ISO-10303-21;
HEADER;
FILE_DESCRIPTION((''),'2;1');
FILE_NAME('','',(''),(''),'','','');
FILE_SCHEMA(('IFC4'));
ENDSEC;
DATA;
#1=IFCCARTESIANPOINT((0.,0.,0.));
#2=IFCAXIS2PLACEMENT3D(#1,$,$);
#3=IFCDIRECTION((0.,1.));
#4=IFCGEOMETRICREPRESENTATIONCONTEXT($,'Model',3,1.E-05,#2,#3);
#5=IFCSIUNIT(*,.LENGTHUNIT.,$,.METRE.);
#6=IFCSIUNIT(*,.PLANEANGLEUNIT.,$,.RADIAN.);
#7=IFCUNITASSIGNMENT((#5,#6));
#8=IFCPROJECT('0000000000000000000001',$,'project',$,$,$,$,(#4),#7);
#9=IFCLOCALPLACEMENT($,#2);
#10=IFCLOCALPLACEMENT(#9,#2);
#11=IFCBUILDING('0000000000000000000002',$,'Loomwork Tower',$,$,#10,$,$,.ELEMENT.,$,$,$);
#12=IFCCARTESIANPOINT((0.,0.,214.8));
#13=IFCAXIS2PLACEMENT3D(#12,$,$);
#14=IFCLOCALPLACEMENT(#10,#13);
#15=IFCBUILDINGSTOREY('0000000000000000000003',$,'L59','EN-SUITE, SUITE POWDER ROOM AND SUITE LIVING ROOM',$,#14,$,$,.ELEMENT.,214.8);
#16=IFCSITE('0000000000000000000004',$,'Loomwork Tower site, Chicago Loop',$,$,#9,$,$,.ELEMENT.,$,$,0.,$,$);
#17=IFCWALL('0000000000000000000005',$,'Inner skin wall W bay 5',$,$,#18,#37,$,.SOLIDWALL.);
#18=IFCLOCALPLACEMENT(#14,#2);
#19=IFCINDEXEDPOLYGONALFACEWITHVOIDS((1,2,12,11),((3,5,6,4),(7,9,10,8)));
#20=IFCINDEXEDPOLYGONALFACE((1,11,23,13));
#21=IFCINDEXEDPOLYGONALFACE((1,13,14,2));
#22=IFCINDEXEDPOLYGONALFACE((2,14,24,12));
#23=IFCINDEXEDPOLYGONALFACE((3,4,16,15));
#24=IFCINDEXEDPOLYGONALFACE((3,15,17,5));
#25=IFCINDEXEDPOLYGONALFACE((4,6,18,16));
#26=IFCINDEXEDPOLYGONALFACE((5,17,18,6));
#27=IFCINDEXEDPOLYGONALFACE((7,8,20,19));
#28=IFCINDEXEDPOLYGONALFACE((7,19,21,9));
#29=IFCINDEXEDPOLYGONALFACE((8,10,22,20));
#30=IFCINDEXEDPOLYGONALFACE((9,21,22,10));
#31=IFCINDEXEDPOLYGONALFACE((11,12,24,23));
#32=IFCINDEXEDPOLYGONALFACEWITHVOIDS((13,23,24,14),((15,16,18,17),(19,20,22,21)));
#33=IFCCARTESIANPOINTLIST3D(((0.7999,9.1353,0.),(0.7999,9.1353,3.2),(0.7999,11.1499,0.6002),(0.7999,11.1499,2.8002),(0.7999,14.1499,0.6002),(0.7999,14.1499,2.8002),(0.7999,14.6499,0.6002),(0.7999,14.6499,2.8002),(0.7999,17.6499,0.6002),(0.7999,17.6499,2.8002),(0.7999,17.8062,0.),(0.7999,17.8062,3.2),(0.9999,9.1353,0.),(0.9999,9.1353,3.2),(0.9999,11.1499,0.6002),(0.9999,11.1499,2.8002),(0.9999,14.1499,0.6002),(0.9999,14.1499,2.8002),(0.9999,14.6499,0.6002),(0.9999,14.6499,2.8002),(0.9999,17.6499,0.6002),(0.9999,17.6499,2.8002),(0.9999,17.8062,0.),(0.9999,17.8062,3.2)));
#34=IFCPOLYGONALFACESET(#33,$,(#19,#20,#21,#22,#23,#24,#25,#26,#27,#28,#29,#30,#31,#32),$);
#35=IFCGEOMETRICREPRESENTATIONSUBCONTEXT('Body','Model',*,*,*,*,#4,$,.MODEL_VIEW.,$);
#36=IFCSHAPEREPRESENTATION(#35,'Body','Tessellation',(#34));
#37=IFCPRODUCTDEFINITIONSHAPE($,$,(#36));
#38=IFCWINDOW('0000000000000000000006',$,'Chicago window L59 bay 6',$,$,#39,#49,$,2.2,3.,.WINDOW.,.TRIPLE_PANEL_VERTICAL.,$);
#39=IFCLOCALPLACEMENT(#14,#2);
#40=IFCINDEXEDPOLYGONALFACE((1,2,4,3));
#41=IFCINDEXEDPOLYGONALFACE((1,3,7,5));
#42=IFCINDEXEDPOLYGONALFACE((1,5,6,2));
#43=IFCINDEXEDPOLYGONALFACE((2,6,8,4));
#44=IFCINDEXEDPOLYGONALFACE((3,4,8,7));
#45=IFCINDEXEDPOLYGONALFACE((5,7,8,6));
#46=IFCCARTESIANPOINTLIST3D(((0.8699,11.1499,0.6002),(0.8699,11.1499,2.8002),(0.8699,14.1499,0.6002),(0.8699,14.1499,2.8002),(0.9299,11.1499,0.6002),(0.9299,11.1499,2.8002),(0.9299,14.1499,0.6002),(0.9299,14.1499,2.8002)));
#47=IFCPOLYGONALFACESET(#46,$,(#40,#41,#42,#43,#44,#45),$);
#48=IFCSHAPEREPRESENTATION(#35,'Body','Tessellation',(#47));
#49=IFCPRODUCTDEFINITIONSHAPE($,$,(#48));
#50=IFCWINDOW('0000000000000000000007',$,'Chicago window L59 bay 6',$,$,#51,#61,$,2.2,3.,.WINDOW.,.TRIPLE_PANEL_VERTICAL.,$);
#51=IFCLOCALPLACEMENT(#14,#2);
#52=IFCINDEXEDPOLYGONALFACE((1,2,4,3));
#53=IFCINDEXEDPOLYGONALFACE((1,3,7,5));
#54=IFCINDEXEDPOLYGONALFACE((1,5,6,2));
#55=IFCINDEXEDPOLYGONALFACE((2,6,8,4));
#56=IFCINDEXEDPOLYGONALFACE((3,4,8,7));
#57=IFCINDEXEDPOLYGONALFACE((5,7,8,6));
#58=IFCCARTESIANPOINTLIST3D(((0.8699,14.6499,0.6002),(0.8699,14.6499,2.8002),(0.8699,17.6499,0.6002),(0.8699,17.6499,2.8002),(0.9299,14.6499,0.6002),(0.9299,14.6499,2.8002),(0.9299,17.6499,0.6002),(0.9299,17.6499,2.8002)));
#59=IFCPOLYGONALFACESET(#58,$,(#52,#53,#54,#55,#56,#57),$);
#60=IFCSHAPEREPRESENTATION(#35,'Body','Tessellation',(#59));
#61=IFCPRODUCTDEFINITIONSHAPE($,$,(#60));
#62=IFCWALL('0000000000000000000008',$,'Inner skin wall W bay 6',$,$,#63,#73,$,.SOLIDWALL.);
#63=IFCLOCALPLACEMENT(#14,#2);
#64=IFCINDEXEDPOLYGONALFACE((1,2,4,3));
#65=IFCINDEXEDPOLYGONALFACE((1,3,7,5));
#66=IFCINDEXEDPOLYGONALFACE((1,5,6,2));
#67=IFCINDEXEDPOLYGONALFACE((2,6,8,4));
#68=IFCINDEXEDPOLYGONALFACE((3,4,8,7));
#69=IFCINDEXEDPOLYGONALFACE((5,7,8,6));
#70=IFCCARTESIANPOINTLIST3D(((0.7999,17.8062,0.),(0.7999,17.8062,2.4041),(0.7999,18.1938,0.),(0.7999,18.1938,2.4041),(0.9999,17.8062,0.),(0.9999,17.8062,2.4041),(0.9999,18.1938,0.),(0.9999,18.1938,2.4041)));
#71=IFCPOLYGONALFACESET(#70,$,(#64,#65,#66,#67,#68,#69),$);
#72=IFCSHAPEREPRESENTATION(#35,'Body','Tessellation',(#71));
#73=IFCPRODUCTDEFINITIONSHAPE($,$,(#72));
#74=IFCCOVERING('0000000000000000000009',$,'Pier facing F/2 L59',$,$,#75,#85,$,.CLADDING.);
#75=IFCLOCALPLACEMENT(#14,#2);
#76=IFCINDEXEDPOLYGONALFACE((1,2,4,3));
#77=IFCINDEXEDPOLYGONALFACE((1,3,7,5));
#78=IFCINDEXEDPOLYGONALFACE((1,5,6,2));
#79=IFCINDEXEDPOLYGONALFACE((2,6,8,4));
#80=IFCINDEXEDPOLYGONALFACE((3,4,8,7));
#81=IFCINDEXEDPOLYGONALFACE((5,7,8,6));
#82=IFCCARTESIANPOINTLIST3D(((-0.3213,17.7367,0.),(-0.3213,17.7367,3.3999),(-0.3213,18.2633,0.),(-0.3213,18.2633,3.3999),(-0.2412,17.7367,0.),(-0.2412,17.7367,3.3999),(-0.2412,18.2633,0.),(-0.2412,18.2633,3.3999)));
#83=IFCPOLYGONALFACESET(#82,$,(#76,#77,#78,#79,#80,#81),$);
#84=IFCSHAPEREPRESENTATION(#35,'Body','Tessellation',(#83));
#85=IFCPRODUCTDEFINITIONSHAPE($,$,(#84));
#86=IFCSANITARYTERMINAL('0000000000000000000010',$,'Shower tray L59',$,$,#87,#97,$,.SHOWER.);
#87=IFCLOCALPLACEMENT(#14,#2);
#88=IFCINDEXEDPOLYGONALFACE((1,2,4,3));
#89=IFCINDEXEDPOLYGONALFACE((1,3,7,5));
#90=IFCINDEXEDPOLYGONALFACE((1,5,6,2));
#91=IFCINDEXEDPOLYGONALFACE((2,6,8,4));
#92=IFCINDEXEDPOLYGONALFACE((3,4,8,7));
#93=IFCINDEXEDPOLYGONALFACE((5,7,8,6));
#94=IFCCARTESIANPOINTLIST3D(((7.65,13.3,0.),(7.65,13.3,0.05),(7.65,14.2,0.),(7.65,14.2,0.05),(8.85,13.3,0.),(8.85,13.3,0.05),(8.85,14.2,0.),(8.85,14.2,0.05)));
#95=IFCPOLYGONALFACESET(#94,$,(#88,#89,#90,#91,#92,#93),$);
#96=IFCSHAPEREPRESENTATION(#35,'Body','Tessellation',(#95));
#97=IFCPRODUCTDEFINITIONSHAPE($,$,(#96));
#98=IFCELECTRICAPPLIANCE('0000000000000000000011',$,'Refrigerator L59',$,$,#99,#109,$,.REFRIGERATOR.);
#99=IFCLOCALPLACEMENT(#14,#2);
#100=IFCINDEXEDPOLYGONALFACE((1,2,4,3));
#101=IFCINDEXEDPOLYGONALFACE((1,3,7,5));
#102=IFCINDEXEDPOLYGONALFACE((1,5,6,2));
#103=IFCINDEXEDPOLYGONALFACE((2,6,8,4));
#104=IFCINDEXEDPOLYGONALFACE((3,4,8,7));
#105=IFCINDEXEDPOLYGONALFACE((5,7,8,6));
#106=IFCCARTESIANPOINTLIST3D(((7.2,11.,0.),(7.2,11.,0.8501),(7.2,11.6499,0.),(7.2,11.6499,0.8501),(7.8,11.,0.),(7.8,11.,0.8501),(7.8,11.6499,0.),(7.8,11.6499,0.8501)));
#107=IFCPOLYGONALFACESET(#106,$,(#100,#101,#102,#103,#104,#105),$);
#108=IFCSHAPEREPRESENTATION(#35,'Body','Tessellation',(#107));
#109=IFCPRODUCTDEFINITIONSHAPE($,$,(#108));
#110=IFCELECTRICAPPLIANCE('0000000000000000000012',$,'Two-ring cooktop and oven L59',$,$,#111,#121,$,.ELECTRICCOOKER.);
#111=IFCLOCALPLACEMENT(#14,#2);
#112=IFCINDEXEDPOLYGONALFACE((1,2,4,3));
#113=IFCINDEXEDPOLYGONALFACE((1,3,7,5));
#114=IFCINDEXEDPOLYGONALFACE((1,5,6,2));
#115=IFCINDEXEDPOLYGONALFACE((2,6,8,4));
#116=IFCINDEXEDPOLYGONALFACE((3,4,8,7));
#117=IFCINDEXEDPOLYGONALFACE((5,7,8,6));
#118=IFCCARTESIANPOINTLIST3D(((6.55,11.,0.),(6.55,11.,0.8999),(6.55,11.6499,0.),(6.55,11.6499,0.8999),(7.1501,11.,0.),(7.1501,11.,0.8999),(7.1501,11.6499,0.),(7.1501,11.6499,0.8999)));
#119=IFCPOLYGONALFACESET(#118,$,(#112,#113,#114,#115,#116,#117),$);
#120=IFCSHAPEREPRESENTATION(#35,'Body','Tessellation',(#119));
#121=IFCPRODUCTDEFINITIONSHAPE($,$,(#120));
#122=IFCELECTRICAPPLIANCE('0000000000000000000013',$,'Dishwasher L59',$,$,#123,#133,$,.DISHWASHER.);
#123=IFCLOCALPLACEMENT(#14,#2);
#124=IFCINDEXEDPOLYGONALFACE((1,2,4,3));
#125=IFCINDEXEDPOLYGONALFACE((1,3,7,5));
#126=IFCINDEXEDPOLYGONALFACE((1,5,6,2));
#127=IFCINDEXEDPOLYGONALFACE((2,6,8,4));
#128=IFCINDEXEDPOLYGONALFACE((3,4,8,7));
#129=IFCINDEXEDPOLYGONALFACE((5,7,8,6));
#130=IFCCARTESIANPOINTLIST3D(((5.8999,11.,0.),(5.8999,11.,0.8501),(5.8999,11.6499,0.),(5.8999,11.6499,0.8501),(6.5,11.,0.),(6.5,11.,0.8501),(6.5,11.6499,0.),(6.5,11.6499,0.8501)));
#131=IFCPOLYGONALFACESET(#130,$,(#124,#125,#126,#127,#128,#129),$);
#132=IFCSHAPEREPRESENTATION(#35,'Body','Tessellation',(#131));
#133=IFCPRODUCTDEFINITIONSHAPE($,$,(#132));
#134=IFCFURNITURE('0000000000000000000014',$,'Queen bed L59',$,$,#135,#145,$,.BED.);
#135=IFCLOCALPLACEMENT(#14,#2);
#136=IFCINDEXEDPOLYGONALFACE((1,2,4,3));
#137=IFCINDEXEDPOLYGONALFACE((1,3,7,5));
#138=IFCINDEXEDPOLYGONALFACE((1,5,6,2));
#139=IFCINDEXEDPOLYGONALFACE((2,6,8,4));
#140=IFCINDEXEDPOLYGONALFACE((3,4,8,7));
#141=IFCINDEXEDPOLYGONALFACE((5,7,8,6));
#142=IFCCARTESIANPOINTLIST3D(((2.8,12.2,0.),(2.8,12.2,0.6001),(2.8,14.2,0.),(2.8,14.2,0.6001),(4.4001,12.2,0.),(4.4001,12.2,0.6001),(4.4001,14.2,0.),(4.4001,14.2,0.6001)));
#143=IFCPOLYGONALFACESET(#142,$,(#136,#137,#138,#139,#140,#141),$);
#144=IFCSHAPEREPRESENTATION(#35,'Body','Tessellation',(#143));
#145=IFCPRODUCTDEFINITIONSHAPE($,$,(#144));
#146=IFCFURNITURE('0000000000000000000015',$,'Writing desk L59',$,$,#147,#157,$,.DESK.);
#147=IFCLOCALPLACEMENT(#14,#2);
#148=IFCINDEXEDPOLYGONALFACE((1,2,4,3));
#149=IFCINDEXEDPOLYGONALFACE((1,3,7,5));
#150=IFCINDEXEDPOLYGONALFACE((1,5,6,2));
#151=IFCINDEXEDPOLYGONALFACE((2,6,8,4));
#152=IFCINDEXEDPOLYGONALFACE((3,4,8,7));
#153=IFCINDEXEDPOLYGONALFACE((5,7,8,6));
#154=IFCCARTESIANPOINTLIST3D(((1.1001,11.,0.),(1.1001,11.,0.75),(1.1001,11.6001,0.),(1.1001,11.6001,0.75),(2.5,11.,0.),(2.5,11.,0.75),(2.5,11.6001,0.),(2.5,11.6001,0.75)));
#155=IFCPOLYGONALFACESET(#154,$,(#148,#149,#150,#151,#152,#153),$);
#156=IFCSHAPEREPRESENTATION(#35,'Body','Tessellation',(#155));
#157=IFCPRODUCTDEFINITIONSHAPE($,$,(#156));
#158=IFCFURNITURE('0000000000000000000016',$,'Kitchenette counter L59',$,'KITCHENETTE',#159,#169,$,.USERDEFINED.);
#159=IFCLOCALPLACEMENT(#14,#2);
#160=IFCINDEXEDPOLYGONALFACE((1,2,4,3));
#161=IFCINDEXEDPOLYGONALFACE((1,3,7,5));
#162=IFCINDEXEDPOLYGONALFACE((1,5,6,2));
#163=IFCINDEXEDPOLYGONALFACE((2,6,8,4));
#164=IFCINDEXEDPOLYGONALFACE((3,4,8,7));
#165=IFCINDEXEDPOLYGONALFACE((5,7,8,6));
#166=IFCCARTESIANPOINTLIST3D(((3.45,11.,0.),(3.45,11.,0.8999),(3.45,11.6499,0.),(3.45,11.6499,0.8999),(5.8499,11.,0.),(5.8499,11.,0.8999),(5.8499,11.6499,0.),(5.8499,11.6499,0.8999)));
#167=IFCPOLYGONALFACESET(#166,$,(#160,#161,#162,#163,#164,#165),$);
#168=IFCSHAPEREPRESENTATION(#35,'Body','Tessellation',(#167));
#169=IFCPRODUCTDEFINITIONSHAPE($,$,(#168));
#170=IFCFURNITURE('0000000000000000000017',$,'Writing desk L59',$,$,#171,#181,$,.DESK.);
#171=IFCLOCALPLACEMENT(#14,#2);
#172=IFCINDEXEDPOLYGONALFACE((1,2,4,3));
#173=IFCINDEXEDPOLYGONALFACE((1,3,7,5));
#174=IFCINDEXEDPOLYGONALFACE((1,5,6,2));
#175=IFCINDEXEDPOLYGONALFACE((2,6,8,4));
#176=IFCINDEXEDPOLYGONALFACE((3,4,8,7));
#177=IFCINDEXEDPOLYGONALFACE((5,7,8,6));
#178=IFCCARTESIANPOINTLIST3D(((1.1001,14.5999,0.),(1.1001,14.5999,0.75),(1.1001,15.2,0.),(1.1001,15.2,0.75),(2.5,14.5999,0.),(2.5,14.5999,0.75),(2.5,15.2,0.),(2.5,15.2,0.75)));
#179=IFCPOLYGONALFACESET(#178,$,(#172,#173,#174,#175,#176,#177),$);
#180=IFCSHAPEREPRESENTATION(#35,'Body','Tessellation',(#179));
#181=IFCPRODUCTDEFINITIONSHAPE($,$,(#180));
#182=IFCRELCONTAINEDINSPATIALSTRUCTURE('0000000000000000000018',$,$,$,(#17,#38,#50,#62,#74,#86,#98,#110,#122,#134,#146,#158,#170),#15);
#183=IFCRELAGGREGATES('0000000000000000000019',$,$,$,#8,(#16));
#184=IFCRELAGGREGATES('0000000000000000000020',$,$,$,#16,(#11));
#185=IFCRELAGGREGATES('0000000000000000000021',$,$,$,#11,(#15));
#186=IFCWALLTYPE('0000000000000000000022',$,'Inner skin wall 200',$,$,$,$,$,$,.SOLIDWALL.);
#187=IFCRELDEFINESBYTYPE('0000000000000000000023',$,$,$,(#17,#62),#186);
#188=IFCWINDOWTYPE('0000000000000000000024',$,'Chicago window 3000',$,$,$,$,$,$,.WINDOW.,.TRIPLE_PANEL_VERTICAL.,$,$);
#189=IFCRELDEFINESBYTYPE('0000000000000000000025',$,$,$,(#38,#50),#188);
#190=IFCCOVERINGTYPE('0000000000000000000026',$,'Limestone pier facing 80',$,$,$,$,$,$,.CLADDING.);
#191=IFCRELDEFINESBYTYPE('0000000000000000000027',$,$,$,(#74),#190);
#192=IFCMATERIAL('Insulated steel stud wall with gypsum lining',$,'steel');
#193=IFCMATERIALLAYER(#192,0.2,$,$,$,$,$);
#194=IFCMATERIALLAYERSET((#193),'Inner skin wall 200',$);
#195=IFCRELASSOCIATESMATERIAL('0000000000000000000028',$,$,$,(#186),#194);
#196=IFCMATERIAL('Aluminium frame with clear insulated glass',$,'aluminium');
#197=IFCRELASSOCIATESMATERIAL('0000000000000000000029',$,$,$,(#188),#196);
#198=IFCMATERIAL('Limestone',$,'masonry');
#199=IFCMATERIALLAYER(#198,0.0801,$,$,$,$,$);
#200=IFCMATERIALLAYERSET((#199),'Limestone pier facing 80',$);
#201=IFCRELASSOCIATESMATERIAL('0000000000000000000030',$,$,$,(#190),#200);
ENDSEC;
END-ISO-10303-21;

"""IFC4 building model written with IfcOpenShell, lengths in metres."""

from ifc_helpers import new_model, si_unit, direction, frame, frame_2d, origin, origin_2d, place, context, subcontext, project, spatial, rectangle, extrude, material, layer, layer_set, type_object, element, fill, save


model = new_model("IFC4")

# Units and contexts
model_context = context("Model", 3, precision=1e-05, world=origin(), true_north=direction((0.0, 1.0)))
body_context = subcontext(model_context, "Body", "Model", "MODEL_VIEW")
ifc_project = project(units=[si_unit("LENGTHUNIT", "METRE"), si_unit("PLANEANGLEUNIT", "RADIAN")], contexts=[model_context])

# Site, building, storey
site_placement = place(None, origin())
site = spatial("IfcSite", under=ifc_project, at=site_placement, Name="Loomwork Tower site, Chicago Loop", CompositionType="ELEMENT", RefElevation=0.0)
building_placement = place(site_placement, origin())
building = spatial("IfcBuilding", under=site, at=building_placement, Name="Loomwork Tower", CompositionType="ELEMENT")
storey_placement = place(building_placement, frame((0.0, 0.0, 214.8)))
storey = spatial("IfcBuildingStorey", under=building, at=storey_placement, Name="L59", Description="EN-SUITE, SUITE POWDER ROOM AND SUITE LIVING ROOM", CompositionType="ELEMENT", Elevation=214.8)

# Wall, openings, windows
ifc_material_1 = material(Name="Insulated steel stud wall with gypsum lining", Category="steel")
ifc_layer_1 = layer(ifc_material_1, 0.2)
ifc_layer_set_1 = layer_set([ifc_layer_1], Name="Inner skin wall 200")
wall_type_1 = type_object("IfcWallType", Name="Inner skin wall 200", PredefinedType="SOLIDWALL", material=ifc_layer_set_1)
wall_1_placement = place(storey_placement, frame((0.8999, 9.1353, 0.0), z_axis=(0.0, 0.0, 1.0), x_axis=(0.0, 1.0, 0.0)))
wall_1 = element("IfcWall", 1, at=wall_1_placement, inside=storey, type_object=wall_type_1, Name="Inner skin wall W bay 5", PredefinedType="SOLIDWALL", context=body_context, shape_type="SweptSolid", body=[
    extrude(rectangle(XDim=8.6709, YDim=0.2, at=frame_2d((4.3354, 0.0))), origin(), (0.0, 0.0, 1.0), 3.2),
])
opening_1_placement = place(wall_1_placement, frame((2.0146, 0.0, 0.6001)))
opening_1 = element("IfcOpeningElement", 2, at=opening_1_placement, cuts=wall_1, PredefinedType="OPENING", context=body_context, shape_type="SweptSolid", body=[
    extrude(rectangle(XDim=3.0, YDim=2.2, at=frame_2d((1.5, 1.1001))), frame((0.0, 0.1099, 0.0), z_axis=(0.0, -1.0, 0.0), x_axis=(1.0, 0.0, 0.0)), (0.0, 0.0, 1.0), 0.22),
])
opening_2_placement = place(wall_1_placement, frame((5.5146, 0.0, 0.6001)))
opening_2 = element("IfcOpeningElement", 3, at=opening_2_placement, cuts=wall_1, PredefinedType="OPENING", context=body_context, shape_type="SweptSolid", body=[
    extrude(rectangle(XDim=3.0, YDim=2.2, at=frame_2d((1.5, 1.1001))), frame((0.0, 0.1099, 0.0), z_axis=(0.0, -1.0, 0.0), x_axis=(1.0, 0.0, 0.0)), (0.0, 0.0, 1.0), 0.22),
])
ifc_material_2 = material(Name="Aluminium frame with clear insulated glass", Category="aluminium")
window_type = type_object("IfcWindowType", Name="Chicago window 3000", PartitioningType="TRIPLE_PANEL_VERTICAL", PredefinedType="WINDOW", material=ifc_material_2)
window_1_placement = place(opening_1_placement, origin())
window_1 = element("IfcWindow", 4, at=window_1_placement, inside=storey, type_object=window_type, Name="Chicago window L59 bay 6", OverallHeight=2.2, OverallWidth=3.0, PartitioningType="TRIPLE_PANEL_VERTICAL", PredefinedType="WINDOW", context=body_context, shape_type="SweptSolid", body=[
    extrude(rectangle(XDim=3.0, YDim=2.2, at=frame_2d((1.5, 1.1001))), frame((0.0, 0.03, 0.0), z_axis=(0.0, -1.0, 0.0), x_axis=(1.0, 0.0, 0.0)), (0.0, 0.0, 1.0), 0.0601),
])
fill(opening_1, window_1)
window_2_placement = place(opening_2_placement, origin())
window_2 = element("IfcWindow", 5, at=window_2_placement, inside=storey, type_object=window_type, Name="Chicago window L59 bay 6", OverallHeight=2.2, OverallWidth=3.0, PartitioningType="TRIPLE_PANEL_VERTICAL", PredefinedType="WINDOW", context=body_context, shape_type="SweptSolid", body=[
    extrude(rectangle(XDim=3.0, YDim=2.2, at=frame_2d((1.5, 1.1001))), frame((0.0, 0.03, 0.0), z_axis=(0.0, -1.0, 0.0), x_axis=(1.0, 0.0, 0.0)), (0.0, 0.0, 1.0), 0.0601),
])
fill(opening_2, window_2)

# Wall
wall_2_placement = place(storey_placement, frame((0.8999, 17.8062, 0.0), z_axis=(0.0, 0.0, 1.0), x_axis=(0.0, 1.0, 0.0)))
element("IfcWall", 6, at=wall_2_placement, inside=storey, type_object=wall_type_1, Name="Inner skin wall W bay 6", PredefinedType="SOLIDWALL", context=body_context, shape_type="SweptSolid", body=[
    extrude(rectangle(XDim=0.3877, YDim=0.2, at=frame_2d((0.1938, 0.0))), origin(), (0.0, 0.0, 1.0), 2.4041),
])

# Covering
ifc_material_3 = material(Name="Limestone", Category="masonry")
ifc_layer_2 = layer(ifc_material_3, 0.0801)
ifc_layer_set_2 = layer_set([ifc_layer_2], Name="Limestone pier facing 80")
covering_type = type_object("IfcCoveringType", Name="Limestone pier facing 80", PredefinedType="CLADDING", material=ifc_layer_set_2)
covering_placement = place(storey_placement, frame((-0.2812, 18.0, 0.0), z_axis=(0.0, 0.0, 1.0), x_axis=(1.0, 0.0, 0.0)))
element("IfcCovering", 7, at=covering_placement, inside=storey, type_object=covering_type, Name="Pier facing F/2 L59", PredefinedType="CLADDING", context=body_context, shape_type="SweptSolid", body=[
    extrude(rectangle(XDim=0.0801, YDim=0.5266, at=origin_2d()), origin(), (0.0, 0.0, 1.0), 3.3999),
])

# Sanitary terminal
sanitary_terminal_placement = place(storey_placement, frame((8.25, 13.75, 0.0), z_axis=(0.0, 0.0, 1.0), x_axis=(1.0, 0.0, 0.0)))
element("IfcSanitaryTerminal", 8, at=sanitary_terminal_placement, inside=storey, Name="Shower tray L59", PredefinedType="SHOWER", context=body_context, shape_type="SweptSolid", body=[
    extrude(rectangle(XDim=1.2, YDim=0.8999, at=origin_2d()), origin(), (0.0, 0.0, 1.0), 0.05),
])

# Electric appliances
electric_appliance_1_placement = place(storey_placement, frame((7.5, 11.325, 0.0), z_axis=(0.0, 0.0, 1.0), x_axis=(1.0, 0.0, 0.0)))
element("IfcElectricAppliance", 9, at=electric_appliance_1_placement, inside=storey, Name="Refrigerator L59", PredefinedType="REFRIGERATOR", context=body_context, shape_type="SweptSolid", body=[
    extrude(rectangle(XDim=0.6001, YDim=0.6499, at=origin_2d()), origin(), (0.0, 0.0, 1.0), 0.8501),
])
electric_appliance_2_placement = place(storey_placement, frame((6.8501, 11.325, 0.0), z_axis=(0.0, 0.0, 1.0), x_axis=(1.0, 0.0, 0.0)))
element("IfcElectricAppliance", 10, at=electric_appliance_2_placement, inside=storey, Name="Two-ring cooktop and oven L59", PredefinedType="ELECTRICCOOKER", context=body_context, shape_type="SweptSolid", body=[
    extrude(rectangle(XDim=0.6001, YDim=0.6499, at=origin_2d()), origin(), (0.0, 0.0, 1.0), 0.8999),
])
electric_appliance_3_placement = place(storey_placement, frame((6.2, 11.325, 0.0), z_axis=(0.0, 0.0, 1.0), x_axis=(1.0, 0.0, 0.0)))
element("IfcElectricAppliance", 11, at=electric_appliance_3_placement, inside=storey, Name="Dishwasher L59", PredefinedType="DISHWASHER", context=body_context, shape_type="SweptSolid", body=[
    extrude(rectangle(XDim=0.6001, YDim=0.6499, at=origin_2d()), origin(), (0.0, 0.0, 1.0), 0.8501),
])

# Furniture
furniture_1_placement = place(storey_placement, frame((3.6001, 13.2, 0.0), z_axis=(0.0, 0.0, 1.0), x_axis=(1.0, 0.0, 0.0)))
element("IfcFurniture", 12, at=furniture_1_placement, inside=storey, Name="Queen bed L59", PredefinedType="BED", context=body_context, shape_type="SweptSolid", body=[
    extrude(rectangle(XDim=1.6001, YDim=2.0, at=origin_2d()), origin(), (0.0, 0.0, 1.0), 0.6001),
])
furniture_2_placement = place(storey_placement, frame((1.8, 11.3, 0.0), z_axis=(0.0, 0.0, 1.0), x_axis=(1.0, 0.0, 0.0)))
element("IfcFurniture", 13, at=furniture_2_placement, inside=storey, Name="Writing desk L59", PredefinedType="DESK", context=body_context, shape_type="SweptSolid", body=[
    extrude(rectangle(XDim=1.3999, YDim=0.6001, at=origin_2d()), origin(), (0.0, 0.0, 1.0), 0.75),
])
furniture_3_placement = place(storey_placement, frame((4.6499, 11.325, 0.0), z_axis=(0.0, 0.0, 1.0), x_axis=(1.0, 0.0, 0.0)))
element("IfcFurniture", 14, at=furniture_3_placement, inside=storey, Name="Kitchenette counter L59", ObjectType="KITCHENETTE", PredefinedType="USERDEFINED", context=body_context, shape_type="SweptSolid", body=[
    extrude(rectangle(XDim=2.3999, YDim=0.6499, at=origin_2d()), origin(), (0.0, 0.0, 1.0), 0.8999),
])
furniture_4_placement = place(storey_placement, frame((1.8, 14.8999, 0.0), z_axis=(0.0, 0.0, 1.0), x_axis=(1.0, 0.0, 0.0)))
element("IfcFurniture", 15, at=furniture_4_placement, inside=storey, Name="Writing desk L59", PredefinedType="DESK", context=body_context, shape_type="SweptSolid", body=[
    extrude(rectangle(XDim=1.3999, YDim=0.6001, at=origin_2d()), origin(), (0.0, 0.0, 1.0), 0.75),
])

save(model, "model.ifc")
